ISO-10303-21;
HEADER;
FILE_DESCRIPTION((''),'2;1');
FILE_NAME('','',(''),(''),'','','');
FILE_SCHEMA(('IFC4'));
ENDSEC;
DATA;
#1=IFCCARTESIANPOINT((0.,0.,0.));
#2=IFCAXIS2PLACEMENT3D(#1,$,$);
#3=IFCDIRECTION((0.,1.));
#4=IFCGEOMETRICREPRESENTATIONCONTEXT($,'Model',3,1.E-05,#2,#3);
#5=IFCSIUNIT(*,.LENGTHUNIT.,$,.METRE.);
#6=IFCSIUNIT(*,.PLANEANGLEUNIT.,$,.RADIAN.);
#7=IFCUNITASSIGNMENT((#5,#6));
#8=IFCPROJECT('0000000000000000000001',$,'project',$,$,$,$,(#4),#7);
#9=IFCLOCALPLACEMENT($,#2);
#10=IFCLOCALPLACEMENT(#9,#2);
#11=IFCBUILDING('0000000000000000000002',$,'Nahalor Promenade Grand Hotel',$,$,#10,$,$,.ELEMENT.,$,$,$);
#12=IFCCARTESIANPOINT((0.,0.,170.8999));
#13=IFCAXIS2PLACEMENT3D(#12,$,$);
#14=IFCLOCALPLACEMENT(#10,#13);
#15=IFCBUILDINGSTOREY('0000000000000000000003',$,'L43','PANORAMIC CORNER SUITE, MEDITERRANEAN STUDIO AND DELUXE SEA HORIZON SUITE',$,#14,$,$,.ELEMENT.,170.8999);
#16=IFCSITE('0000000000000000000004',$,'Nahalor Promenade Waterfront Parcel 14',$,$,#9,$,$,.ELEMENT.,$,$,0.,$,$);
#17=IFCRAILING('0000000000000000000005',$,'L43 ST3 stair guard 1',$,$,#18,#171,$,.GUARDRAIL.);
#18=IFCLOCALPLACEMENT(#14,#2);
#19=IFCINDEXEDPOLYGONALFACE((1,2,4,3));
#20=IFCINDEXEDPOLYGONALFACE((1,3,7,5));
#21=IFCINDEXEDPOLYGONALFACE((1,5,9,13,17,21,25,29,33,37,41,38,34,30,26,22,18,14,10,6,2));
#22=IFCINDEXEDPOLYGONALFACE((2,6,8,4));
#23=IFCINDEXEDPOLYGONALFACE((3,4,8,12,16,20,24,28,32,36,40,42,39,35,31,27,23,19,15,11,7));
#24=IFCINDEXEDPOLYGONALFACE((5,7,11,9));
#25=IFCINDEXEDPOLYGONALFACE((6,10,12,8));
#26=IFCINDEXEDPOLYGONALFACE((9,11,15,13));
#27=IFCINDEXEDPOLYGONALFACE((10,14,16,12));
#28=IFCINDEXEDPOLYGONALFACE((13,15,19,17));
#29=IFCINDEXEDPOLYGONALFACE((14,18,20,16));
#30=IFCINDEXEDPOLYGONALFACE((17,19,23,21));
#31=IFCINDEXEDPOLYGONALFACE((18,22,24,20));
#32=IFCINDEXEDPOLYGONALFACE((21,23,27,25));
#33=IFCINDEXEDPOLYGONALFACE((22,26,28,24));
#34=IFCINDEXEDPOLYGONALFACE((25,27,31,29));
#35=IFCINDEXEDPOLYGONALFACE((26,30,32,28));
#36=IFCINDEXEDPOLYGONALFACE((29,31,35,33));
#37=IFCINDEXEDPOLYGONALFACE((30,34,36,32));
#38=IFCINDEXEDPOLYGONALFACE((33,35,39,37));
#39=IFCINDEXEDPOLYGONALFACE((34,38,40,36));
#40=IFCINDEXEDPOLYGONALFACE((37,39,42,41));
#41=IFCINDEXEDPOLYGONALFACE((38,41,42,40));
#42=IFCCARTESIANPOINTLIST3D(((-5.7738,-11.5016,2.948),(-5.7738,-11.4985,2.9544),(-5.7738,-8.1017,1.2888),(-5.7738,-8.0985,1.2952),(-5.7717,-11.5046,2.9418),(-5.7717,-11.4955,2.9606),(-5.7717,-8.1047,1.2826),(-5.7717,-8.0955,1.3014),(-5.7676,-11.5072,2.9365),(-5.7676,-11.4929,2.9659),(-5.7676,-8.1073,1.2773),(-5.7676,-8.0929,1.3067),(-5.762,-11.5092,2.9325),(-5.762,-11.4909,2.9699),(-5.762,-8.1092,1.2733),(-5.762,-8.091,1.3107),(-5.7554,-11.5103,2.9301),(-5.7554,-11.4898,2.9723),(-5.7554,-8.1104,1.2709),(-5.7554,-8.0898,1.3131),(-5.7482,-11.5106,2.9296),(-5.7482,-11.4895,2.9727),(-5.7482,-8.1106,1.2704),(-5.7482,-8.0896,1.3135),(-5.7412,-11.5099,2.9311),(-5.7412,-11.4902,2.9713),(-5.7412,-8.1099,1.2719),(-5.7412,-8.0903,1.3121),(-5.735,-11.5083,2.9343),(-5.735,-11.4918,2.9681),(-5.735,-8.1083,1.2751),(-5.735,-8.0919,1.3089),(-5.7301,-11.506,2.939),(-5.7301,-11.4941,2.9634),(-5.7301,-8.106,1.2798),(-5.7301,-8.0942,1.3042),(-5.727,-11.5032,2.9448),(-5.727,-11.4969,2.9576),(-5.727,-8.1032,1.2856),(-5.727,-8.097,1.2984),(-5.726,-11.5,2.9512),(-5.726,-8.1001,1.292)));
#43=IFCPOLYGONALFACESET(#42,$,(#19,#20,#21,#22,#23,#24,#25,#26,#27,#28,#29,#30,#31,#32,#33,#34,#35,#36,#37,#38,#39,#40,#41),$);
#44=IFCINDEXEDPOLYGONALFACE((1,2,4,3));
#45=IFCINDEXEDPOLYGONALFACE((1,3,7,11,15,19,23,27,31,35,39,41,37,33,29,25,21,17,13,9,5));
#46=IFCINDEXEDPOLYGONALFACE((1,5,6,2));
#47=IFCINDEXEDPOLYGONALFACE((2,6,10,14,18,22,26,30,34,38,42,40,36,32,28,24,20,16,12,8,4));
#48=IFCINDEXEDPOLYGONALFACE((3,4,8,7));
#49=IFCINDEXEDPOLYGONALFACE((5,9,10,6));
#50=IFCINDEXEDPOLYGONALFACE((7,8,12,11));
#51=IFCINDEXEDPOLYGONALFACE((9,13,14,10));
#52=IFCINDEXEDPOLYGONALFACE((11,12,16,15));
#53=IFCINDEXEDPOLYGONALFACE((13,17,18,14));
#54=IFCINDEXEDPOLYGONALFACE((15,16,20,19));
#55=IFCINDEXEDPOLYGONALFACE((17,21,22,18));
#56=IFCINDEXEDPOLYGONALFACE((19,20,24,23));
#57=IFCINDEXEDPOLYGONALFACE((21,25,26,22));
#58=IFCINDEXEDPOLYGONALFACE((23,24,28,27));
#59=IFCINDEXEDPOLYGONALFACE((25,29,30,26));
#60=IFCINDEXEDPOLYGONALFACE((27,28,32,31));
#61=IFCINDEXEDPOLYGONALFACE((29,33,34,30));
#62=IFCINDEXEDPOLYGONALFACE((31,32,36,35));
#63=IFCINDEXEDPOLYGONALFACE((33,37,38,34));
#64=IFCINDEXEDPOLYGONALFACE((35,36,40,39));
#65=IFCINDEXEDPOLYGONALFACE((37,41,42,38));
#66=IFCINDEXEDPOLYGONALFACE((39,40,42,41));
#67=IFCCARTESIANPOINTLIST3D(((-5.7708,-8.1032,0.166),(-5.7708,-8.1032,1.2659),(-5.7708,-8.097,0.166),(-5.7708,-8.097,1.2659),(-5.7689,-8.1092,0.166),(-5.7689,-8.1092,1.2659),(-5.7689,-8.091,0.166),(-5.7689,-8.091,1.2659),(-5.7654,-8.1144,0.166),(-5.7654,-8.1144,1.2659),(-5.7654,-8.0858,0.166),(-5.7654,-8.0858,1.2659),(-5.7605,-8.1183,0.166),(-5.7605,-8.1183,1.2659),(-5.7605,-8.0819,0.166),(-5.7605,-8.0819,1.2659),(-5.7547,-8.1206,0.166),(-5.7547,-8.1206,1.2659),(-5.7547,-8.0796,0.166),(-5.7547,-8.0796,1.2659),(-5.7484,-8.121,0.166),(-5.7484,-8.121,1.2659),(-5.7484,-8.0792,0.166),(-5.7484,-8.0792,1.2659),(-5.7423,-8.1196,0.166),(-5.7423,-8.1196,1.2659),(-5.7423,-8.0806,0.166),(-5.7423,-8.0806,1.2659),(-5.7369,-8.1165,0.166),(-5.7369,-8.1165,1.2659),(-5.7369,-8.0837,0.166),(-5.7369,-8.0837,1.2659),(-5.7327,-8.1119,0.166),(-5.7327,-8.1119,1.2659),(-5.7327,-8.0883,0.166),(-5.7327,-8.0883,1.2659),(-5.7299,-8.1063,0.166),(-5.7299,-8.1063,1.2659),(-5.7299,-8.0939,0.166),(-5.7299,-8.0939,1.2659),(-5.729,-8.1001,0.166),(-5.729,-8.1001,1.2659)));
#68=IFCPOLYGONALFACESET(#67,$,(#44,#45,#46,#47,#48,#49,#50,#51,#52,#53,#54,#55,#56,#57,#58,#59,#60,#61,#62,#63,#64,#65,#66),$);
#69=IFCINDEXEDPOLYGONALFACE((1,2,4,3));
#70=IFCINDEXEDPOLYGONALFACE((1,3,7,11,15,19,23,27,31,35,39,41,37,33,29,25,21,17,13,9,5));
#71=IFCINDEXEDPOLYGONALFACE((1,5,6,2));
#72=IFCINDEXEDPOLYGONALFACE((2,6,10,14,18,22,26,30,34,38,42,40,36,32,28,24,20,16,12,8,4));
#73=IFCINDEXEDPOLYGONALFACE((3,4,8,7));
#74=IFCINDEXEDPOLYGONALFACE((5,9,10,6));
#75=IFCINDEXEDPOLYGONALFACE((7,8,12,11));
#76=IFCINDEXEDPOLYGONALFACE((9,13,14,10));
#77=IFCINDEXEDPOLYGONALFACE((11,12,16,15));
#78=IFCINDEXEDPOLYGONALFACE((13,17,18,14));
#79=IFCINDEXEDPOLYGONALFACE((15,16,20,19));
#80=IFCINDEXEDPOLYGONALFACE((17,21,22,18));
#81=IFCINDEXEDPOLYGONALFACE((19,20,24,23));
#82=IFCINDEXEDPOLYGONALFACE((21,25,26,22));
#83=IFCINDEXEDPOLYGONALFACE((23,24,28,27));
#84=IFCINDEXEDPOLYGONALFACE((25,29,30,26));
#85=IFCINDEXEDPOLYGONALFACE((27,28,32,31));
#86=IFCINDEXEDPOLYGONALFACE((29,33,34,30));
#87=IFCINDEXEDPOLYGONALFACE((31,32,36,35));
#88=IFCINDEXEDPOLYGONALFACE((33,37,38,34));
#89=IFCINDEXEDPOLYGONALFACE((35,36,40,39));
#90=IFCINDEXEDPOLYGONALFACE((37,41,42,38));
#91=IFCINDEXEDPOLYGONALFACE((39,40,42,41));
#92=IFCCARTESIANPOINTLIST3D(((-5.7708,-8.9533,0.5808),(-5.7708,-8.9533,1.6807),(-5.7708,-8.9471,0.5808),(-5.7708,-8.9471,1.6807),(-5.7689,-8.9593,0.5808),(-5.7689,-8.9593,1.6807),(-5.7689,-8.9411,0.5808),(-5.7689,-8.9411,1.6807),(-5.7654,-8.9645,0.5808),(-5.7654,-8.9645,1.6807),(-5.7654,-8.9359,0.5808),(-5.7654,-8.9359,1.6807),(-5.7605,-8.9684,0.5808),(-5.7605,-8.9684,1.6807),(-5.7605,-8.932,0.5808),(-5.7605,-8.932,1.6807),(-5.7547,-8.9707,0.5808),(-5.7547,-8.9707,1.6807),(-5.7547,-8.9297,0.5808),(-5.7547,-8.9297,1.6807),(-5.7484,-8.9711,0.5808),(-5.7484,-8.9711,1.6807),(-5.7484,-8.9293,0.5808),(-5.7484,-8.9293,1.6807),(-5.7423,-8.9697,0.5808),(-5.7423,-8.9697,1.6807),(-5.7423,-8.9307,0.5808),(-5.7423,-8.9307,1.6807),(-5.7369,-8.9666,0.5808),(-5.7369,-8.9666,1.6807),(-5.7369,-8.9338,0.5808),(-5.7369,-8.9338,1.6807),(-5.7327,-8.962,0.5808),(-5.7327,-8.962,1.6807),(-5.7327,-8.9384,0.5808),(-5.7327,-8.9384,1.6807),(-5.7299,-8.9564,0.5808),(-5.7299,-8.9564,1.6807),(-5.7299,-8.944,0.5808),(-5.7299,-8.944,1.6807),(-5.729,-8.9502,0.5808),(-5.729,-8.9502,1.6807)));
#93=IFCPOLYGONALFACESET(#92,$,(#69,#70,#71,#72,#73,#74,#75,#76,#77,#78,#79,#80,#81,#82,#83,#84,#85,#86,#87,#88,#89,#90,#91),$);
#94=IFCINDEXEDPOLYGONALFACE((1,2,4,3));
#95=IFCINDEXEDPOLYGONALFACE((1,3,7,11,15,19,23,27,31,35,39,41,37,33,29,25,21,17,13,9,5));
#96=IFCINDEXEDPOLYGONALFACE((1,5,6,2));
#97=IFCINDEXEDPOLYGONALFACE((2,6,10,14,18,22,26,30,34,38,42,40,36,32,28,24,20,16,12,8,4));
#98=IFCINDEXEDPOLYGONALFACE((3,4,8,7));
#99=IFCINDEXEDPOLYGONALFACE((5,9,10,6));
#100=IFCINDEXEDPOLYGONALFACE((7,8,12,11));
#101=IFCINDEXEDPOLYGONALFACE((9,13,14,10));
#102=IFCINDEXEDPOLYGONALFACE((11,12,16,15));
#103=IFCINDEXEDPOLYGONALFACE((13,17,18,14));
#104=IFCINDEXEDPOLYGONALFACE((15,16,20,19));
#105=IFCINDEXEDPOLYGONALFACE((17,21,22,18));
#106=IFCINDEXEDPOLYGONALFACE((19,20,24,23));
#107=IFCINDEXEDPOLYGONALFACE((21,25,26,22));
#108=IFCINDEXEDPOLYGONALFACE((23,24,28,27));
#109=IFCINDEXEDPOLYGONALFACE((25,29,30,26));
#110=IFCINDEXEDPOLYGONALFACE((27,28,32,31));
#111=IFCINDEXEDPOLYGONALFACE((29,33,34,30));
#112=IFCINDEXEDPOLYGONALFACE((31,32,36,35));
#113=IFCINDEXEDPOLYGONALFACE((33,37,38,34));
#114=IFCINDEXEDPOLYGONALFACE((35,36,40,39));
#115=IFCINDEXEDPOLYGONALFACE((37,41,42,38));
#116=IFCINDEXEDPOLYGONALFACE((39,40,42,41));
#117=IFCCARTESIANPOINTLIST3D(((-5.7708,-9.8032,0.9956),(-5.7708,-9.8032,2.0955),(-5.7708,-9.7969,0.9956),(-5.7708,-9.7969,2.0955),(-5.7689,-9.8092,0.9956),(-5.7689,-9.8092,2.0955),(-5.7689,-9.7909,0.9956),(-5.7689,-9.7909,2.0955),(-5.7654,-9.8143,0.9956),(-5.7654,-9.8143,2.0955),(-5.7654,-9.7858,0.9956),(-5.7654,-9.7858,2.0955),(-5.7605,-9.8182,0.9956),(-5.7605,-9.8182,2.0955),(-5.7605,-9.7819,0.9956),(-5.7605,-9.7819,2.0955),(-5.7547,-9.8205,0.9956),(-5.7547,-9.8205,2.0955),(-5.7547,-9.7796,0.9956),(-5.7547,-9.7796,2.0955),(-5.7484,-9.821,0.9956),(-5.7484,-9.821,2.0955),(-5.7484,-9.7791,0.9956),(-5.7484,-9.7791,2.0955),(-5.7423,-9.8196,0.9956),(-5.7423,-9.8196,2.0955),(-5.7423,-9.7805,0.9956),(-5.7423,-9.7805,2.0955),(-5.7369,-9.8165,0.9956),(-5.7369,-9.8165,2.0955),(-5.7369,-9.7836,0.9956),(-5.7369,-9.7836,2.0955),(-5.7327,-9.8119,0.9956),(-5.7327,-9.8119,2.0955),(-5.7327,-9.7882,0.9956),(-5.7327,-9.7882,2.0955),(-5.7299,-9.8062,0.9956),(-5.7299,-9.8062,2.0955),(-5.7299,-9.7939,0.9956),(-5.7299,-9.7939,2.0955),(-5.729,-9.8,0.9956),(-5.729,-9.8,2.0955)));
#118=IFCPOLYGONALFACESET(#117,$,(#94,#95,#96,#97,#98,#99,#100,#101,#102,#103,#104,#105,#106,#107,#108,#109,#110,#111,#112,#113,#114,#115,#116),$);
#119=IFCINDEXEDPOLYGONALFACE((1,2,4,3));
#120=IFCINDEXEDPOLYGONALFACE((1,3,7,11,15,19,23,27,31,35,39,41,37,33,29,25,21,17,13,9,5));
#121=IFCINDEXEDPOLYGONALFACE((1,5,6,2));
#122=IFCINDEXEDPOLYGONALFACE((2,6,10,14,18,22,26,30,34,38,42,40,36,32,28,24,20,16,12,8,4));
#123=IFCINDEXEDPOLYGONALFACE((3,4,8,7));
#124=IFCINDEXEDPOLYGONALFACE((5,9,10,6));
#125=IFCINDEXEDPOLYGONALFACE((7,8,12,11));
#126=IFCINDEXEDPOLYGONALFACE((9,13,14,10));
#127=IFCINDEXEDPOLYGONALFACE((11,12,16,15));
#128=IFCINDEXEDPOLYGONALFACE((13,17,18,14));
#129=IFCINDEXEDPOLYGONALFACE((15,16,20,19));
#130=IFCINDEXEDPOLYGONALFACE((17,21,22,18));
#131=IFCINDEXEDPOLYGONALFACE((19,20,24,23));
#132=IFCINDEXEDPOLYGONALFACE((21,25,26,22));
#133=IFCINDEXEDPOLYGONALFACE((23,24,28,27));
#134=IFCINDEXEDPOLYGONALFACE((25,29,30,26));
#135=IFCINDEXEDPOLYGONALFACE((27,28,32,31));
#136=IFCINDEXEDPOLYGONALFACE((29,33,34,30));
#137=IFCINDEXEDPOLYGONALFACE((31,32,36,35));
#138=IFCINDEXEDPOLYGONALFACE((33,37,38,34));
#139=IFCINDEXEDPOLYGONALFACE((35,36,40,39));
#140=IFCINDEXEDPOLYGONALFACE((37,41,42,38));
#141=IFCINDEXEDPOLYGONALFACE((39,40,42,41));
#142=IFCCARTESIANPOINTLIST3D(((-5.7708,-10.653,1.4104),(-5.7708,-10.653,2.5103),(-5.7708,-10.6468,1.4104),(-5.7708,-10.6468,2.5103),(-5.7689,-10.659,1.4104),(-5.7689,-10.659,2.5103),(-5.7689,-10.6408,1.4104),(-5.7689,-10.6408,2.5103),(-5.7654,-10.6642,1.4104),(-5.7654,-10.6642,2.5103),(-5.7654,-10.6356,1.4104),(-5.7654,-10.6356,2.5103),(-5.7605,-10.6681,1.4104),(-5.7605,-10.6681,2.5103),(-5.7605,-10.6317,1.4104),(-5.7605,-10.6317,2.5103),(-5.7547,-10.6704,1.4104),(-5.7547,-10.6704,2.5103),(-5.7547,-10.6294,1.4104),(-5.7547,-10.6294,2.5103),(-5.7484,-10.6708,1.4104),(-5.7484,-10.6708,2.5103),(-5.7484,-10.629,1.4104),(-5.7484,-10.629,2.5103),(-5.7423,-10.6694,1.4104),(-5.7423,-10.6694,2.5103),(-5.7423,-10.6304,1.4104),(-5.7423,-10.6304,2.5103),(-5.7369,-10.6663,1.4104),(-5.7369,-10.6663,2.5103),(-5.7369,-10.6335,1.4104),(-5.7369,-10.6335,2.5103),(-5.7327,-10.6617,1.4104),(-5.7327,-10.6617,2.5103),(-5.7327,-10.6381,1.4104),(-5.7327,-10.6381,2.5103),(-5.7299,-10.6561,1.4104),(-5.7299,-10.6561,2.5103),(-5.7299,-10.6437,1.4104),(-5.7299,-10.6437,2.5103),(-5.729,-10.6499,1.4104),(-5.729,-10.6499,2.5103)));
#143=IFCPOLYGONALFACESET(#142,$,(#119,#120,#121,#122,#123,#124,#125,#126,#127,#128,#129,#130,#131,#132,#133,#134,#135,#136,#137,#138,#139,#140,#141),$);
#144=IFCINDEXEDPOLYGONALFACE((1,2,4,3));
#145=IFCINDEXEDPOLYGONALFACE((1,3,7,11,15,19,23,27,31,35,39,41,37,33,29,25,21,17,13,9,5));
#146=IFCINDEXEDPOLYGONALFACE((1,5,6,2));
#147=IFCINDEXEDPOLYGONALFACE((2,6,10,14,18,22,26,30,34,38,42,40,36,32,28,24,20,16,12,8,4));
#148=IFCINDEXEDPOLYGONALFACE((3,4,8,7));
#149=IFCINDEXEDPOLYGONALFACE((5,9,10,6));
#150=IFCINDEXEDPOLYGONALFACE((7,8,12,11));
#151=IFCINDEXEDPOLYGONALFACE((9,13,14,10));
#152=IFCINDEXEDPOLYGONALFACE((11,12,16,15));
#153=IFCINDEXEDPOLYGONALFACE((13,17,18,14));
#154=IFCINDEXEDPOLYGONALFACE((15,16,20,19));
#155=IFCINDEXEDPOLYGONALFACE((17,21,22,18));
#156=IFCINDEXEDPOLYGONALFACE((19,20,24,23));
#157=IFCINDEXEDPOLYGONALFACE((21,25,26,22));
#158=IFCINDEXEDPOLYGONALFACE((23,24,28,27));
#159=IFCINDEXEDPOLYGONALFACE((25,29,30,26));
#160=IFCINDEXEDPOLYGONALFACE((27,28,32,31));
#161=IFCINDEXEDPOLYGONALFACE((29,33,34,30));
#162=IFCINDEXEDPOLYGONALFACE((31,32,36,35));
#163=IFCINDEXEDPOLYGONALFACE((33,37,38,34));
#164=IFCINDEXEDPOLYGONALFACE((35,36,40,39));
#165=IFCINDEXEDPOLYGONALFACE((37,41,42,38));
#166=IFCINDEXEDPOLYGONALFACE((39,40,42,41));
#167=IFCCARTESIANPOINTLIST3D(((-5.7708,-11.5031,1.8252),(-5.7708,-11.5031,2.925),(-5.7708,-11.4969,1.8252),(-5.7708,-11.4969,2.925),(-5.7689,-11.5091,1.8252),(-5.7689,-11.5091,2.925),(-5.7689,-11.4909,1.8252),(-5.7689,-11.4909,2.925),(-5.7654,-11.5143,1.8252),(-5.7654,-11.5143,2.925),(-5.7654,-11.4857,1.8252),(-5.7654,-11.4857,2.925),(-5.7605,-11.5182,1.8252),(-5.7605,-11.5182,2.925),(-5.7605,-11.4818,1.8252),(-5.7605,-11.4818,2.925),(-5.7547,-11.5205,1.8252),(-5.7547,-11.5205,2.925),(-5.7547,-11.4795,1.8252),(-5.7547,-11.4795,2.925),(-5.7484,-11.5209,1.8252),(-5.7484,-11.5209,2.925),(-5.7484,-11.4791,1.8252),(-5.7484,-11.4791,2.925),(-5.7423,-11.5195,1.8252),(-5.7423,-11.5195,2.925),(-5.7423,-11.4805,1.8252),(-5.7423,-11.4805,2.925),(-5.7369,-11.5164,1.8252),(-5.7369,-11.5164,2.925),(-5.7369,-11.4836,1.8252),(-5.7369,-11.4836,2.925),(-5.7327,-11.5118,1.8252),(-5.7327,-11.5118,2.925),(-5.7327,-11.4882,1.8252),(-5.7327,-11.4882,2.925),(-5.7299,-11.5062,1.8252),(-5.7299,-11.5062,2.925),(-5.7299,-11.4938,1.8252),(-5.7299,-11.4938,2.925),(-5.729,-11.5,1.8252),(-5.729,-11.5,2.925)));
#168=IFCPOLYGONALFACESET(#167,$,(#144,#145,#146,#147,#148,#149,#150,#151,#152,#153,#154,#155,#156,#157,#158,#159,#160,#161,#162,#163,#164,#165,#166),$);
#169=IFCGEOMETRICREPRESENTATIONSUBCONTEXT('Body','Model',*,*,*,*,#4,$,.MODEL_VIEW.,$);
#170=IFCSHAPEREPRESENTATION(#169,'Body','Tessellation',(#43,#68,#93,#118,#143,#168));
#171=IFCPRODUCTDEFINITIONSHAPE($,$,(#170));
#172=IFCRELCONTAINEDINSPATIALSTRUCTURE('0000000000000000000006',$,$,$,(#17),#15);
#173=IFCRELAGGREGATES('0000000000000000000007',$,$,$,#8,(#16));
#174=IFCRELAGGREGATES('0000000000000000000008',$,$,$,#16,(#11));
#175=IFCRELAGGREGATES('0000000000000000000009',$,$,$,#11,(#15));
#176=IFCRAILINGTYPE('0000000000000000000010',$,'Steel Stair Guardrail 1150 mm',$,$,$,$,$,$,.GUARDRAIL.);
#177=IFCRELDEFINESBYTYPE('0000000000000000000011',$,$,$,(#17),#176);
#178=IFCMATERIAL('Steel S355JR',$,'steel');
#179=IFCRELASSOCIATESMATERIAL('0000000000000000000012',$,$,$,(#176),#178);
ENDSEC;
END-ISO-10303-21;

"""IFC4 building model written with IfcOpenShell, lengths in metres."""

from ifc_helpers import new_model, si_unit, direction, frame, origin, origin_2d, place, context, subcontext, project, spatial, circle, extrude, material, type_object, element, save


model = new_model("IFC4")

# Units and contexts
model_context = context("Model", 3, precision=1e-05, world=origin(), true_north=direction((0.0, 1.0)))
body_context = subcontext(model_context, "Body", "Model", "MODEL_VIEW")
ifc_project = project(units=[si_unit("LENGTHUNIT", "METRE"), si_unit("PLANEANGLEUNIT", "RADIAN")], contexts=[model_context])

# Site, building, storey
site_placement = place(None, origin())
site = spatial("IfcSite", under=ifc_project, at=site_placement, Name="Nahalor Promenade Waterfront Parcel 14", CompositionType="ELEMENT", RefElevation=0.0)
building_placement = place(site_placement, origin())
building = spatial("IfcBuilding", under=site, at=building_placement, Name="Nahalor Promenade Grand Hotel", CompositionType="ELEMENT")
storey_placement = place(building_placement, frame((0.0, 0.0, 170.8999)))
storey = spatial("IfcBuildingStorey", under=building, at=storey_placement, Name="L43", Description="PANORAMIC CORNER SUITE, MEDITERRANEAN STUDIO AND DELUXE SEA HORIZON SUITE", CompositionType="ELEMENT", Elevation=170.8999)

# Shared definitions
ifc_material_1 = material(Name="Steel S355JR", Category="steel")

# Railing
railing_type_1 = type_object("IfcRailingType", Name="Steel Stair Guardrail 1150 mm", PredefinedType="GUARDRAIL", material=ifc_material_1)
railing_1_placement = place(storey_placement, frame((-5.75, -8.1001, 0.166)))
element("IfcRailing", 1, at=railing_1_placement, inside=storey, type_object=railing_type_1, Name="L43 ST3 stair guard 1", PredefinedType="GUARDRAIL", context=body_context, shape_type="SweptSolid", body=[
    extrude(circle(Radius=0.024, at=origin_2d()), frame((0.0, 0.0, 1.126), z_axis=(0.0, -0.898696, 0.438571), x_axis=(1.0, 0.0, 0.0)), (0.0, 0.0, 1.0), 3.7832),
    extrude(circle(Radius=0.021, at=origin_2d()), origin(), (0.0, 0.0, 1.0), 1.0999),
    extrude(circle(Radius=0.021, at=origin_2d()), frame((0.0, -0.8501, 0.4148)), (0.0, 0.0, 1.0), 1.0999),
    extrude(circle(Radius=0.021, at=origin_2d()), frame((0.0, -1.7, 0.8296)), (0.0, 0.0, 1.0), 1.0999),
    extrude(circle(Radius=0.021, at=origin_2d()), frame((0.0, -2.5498, 1.2444)), (0.0, 0.0, 1.0), 1.0999),
    extrude(circle(Radius=0.021, at=origin_2d()), frame((0.0, -3.3999, 1.6592)), (0.0, 0.0, 1.0), 1.0999),
])

save(model, "model.ifc")
